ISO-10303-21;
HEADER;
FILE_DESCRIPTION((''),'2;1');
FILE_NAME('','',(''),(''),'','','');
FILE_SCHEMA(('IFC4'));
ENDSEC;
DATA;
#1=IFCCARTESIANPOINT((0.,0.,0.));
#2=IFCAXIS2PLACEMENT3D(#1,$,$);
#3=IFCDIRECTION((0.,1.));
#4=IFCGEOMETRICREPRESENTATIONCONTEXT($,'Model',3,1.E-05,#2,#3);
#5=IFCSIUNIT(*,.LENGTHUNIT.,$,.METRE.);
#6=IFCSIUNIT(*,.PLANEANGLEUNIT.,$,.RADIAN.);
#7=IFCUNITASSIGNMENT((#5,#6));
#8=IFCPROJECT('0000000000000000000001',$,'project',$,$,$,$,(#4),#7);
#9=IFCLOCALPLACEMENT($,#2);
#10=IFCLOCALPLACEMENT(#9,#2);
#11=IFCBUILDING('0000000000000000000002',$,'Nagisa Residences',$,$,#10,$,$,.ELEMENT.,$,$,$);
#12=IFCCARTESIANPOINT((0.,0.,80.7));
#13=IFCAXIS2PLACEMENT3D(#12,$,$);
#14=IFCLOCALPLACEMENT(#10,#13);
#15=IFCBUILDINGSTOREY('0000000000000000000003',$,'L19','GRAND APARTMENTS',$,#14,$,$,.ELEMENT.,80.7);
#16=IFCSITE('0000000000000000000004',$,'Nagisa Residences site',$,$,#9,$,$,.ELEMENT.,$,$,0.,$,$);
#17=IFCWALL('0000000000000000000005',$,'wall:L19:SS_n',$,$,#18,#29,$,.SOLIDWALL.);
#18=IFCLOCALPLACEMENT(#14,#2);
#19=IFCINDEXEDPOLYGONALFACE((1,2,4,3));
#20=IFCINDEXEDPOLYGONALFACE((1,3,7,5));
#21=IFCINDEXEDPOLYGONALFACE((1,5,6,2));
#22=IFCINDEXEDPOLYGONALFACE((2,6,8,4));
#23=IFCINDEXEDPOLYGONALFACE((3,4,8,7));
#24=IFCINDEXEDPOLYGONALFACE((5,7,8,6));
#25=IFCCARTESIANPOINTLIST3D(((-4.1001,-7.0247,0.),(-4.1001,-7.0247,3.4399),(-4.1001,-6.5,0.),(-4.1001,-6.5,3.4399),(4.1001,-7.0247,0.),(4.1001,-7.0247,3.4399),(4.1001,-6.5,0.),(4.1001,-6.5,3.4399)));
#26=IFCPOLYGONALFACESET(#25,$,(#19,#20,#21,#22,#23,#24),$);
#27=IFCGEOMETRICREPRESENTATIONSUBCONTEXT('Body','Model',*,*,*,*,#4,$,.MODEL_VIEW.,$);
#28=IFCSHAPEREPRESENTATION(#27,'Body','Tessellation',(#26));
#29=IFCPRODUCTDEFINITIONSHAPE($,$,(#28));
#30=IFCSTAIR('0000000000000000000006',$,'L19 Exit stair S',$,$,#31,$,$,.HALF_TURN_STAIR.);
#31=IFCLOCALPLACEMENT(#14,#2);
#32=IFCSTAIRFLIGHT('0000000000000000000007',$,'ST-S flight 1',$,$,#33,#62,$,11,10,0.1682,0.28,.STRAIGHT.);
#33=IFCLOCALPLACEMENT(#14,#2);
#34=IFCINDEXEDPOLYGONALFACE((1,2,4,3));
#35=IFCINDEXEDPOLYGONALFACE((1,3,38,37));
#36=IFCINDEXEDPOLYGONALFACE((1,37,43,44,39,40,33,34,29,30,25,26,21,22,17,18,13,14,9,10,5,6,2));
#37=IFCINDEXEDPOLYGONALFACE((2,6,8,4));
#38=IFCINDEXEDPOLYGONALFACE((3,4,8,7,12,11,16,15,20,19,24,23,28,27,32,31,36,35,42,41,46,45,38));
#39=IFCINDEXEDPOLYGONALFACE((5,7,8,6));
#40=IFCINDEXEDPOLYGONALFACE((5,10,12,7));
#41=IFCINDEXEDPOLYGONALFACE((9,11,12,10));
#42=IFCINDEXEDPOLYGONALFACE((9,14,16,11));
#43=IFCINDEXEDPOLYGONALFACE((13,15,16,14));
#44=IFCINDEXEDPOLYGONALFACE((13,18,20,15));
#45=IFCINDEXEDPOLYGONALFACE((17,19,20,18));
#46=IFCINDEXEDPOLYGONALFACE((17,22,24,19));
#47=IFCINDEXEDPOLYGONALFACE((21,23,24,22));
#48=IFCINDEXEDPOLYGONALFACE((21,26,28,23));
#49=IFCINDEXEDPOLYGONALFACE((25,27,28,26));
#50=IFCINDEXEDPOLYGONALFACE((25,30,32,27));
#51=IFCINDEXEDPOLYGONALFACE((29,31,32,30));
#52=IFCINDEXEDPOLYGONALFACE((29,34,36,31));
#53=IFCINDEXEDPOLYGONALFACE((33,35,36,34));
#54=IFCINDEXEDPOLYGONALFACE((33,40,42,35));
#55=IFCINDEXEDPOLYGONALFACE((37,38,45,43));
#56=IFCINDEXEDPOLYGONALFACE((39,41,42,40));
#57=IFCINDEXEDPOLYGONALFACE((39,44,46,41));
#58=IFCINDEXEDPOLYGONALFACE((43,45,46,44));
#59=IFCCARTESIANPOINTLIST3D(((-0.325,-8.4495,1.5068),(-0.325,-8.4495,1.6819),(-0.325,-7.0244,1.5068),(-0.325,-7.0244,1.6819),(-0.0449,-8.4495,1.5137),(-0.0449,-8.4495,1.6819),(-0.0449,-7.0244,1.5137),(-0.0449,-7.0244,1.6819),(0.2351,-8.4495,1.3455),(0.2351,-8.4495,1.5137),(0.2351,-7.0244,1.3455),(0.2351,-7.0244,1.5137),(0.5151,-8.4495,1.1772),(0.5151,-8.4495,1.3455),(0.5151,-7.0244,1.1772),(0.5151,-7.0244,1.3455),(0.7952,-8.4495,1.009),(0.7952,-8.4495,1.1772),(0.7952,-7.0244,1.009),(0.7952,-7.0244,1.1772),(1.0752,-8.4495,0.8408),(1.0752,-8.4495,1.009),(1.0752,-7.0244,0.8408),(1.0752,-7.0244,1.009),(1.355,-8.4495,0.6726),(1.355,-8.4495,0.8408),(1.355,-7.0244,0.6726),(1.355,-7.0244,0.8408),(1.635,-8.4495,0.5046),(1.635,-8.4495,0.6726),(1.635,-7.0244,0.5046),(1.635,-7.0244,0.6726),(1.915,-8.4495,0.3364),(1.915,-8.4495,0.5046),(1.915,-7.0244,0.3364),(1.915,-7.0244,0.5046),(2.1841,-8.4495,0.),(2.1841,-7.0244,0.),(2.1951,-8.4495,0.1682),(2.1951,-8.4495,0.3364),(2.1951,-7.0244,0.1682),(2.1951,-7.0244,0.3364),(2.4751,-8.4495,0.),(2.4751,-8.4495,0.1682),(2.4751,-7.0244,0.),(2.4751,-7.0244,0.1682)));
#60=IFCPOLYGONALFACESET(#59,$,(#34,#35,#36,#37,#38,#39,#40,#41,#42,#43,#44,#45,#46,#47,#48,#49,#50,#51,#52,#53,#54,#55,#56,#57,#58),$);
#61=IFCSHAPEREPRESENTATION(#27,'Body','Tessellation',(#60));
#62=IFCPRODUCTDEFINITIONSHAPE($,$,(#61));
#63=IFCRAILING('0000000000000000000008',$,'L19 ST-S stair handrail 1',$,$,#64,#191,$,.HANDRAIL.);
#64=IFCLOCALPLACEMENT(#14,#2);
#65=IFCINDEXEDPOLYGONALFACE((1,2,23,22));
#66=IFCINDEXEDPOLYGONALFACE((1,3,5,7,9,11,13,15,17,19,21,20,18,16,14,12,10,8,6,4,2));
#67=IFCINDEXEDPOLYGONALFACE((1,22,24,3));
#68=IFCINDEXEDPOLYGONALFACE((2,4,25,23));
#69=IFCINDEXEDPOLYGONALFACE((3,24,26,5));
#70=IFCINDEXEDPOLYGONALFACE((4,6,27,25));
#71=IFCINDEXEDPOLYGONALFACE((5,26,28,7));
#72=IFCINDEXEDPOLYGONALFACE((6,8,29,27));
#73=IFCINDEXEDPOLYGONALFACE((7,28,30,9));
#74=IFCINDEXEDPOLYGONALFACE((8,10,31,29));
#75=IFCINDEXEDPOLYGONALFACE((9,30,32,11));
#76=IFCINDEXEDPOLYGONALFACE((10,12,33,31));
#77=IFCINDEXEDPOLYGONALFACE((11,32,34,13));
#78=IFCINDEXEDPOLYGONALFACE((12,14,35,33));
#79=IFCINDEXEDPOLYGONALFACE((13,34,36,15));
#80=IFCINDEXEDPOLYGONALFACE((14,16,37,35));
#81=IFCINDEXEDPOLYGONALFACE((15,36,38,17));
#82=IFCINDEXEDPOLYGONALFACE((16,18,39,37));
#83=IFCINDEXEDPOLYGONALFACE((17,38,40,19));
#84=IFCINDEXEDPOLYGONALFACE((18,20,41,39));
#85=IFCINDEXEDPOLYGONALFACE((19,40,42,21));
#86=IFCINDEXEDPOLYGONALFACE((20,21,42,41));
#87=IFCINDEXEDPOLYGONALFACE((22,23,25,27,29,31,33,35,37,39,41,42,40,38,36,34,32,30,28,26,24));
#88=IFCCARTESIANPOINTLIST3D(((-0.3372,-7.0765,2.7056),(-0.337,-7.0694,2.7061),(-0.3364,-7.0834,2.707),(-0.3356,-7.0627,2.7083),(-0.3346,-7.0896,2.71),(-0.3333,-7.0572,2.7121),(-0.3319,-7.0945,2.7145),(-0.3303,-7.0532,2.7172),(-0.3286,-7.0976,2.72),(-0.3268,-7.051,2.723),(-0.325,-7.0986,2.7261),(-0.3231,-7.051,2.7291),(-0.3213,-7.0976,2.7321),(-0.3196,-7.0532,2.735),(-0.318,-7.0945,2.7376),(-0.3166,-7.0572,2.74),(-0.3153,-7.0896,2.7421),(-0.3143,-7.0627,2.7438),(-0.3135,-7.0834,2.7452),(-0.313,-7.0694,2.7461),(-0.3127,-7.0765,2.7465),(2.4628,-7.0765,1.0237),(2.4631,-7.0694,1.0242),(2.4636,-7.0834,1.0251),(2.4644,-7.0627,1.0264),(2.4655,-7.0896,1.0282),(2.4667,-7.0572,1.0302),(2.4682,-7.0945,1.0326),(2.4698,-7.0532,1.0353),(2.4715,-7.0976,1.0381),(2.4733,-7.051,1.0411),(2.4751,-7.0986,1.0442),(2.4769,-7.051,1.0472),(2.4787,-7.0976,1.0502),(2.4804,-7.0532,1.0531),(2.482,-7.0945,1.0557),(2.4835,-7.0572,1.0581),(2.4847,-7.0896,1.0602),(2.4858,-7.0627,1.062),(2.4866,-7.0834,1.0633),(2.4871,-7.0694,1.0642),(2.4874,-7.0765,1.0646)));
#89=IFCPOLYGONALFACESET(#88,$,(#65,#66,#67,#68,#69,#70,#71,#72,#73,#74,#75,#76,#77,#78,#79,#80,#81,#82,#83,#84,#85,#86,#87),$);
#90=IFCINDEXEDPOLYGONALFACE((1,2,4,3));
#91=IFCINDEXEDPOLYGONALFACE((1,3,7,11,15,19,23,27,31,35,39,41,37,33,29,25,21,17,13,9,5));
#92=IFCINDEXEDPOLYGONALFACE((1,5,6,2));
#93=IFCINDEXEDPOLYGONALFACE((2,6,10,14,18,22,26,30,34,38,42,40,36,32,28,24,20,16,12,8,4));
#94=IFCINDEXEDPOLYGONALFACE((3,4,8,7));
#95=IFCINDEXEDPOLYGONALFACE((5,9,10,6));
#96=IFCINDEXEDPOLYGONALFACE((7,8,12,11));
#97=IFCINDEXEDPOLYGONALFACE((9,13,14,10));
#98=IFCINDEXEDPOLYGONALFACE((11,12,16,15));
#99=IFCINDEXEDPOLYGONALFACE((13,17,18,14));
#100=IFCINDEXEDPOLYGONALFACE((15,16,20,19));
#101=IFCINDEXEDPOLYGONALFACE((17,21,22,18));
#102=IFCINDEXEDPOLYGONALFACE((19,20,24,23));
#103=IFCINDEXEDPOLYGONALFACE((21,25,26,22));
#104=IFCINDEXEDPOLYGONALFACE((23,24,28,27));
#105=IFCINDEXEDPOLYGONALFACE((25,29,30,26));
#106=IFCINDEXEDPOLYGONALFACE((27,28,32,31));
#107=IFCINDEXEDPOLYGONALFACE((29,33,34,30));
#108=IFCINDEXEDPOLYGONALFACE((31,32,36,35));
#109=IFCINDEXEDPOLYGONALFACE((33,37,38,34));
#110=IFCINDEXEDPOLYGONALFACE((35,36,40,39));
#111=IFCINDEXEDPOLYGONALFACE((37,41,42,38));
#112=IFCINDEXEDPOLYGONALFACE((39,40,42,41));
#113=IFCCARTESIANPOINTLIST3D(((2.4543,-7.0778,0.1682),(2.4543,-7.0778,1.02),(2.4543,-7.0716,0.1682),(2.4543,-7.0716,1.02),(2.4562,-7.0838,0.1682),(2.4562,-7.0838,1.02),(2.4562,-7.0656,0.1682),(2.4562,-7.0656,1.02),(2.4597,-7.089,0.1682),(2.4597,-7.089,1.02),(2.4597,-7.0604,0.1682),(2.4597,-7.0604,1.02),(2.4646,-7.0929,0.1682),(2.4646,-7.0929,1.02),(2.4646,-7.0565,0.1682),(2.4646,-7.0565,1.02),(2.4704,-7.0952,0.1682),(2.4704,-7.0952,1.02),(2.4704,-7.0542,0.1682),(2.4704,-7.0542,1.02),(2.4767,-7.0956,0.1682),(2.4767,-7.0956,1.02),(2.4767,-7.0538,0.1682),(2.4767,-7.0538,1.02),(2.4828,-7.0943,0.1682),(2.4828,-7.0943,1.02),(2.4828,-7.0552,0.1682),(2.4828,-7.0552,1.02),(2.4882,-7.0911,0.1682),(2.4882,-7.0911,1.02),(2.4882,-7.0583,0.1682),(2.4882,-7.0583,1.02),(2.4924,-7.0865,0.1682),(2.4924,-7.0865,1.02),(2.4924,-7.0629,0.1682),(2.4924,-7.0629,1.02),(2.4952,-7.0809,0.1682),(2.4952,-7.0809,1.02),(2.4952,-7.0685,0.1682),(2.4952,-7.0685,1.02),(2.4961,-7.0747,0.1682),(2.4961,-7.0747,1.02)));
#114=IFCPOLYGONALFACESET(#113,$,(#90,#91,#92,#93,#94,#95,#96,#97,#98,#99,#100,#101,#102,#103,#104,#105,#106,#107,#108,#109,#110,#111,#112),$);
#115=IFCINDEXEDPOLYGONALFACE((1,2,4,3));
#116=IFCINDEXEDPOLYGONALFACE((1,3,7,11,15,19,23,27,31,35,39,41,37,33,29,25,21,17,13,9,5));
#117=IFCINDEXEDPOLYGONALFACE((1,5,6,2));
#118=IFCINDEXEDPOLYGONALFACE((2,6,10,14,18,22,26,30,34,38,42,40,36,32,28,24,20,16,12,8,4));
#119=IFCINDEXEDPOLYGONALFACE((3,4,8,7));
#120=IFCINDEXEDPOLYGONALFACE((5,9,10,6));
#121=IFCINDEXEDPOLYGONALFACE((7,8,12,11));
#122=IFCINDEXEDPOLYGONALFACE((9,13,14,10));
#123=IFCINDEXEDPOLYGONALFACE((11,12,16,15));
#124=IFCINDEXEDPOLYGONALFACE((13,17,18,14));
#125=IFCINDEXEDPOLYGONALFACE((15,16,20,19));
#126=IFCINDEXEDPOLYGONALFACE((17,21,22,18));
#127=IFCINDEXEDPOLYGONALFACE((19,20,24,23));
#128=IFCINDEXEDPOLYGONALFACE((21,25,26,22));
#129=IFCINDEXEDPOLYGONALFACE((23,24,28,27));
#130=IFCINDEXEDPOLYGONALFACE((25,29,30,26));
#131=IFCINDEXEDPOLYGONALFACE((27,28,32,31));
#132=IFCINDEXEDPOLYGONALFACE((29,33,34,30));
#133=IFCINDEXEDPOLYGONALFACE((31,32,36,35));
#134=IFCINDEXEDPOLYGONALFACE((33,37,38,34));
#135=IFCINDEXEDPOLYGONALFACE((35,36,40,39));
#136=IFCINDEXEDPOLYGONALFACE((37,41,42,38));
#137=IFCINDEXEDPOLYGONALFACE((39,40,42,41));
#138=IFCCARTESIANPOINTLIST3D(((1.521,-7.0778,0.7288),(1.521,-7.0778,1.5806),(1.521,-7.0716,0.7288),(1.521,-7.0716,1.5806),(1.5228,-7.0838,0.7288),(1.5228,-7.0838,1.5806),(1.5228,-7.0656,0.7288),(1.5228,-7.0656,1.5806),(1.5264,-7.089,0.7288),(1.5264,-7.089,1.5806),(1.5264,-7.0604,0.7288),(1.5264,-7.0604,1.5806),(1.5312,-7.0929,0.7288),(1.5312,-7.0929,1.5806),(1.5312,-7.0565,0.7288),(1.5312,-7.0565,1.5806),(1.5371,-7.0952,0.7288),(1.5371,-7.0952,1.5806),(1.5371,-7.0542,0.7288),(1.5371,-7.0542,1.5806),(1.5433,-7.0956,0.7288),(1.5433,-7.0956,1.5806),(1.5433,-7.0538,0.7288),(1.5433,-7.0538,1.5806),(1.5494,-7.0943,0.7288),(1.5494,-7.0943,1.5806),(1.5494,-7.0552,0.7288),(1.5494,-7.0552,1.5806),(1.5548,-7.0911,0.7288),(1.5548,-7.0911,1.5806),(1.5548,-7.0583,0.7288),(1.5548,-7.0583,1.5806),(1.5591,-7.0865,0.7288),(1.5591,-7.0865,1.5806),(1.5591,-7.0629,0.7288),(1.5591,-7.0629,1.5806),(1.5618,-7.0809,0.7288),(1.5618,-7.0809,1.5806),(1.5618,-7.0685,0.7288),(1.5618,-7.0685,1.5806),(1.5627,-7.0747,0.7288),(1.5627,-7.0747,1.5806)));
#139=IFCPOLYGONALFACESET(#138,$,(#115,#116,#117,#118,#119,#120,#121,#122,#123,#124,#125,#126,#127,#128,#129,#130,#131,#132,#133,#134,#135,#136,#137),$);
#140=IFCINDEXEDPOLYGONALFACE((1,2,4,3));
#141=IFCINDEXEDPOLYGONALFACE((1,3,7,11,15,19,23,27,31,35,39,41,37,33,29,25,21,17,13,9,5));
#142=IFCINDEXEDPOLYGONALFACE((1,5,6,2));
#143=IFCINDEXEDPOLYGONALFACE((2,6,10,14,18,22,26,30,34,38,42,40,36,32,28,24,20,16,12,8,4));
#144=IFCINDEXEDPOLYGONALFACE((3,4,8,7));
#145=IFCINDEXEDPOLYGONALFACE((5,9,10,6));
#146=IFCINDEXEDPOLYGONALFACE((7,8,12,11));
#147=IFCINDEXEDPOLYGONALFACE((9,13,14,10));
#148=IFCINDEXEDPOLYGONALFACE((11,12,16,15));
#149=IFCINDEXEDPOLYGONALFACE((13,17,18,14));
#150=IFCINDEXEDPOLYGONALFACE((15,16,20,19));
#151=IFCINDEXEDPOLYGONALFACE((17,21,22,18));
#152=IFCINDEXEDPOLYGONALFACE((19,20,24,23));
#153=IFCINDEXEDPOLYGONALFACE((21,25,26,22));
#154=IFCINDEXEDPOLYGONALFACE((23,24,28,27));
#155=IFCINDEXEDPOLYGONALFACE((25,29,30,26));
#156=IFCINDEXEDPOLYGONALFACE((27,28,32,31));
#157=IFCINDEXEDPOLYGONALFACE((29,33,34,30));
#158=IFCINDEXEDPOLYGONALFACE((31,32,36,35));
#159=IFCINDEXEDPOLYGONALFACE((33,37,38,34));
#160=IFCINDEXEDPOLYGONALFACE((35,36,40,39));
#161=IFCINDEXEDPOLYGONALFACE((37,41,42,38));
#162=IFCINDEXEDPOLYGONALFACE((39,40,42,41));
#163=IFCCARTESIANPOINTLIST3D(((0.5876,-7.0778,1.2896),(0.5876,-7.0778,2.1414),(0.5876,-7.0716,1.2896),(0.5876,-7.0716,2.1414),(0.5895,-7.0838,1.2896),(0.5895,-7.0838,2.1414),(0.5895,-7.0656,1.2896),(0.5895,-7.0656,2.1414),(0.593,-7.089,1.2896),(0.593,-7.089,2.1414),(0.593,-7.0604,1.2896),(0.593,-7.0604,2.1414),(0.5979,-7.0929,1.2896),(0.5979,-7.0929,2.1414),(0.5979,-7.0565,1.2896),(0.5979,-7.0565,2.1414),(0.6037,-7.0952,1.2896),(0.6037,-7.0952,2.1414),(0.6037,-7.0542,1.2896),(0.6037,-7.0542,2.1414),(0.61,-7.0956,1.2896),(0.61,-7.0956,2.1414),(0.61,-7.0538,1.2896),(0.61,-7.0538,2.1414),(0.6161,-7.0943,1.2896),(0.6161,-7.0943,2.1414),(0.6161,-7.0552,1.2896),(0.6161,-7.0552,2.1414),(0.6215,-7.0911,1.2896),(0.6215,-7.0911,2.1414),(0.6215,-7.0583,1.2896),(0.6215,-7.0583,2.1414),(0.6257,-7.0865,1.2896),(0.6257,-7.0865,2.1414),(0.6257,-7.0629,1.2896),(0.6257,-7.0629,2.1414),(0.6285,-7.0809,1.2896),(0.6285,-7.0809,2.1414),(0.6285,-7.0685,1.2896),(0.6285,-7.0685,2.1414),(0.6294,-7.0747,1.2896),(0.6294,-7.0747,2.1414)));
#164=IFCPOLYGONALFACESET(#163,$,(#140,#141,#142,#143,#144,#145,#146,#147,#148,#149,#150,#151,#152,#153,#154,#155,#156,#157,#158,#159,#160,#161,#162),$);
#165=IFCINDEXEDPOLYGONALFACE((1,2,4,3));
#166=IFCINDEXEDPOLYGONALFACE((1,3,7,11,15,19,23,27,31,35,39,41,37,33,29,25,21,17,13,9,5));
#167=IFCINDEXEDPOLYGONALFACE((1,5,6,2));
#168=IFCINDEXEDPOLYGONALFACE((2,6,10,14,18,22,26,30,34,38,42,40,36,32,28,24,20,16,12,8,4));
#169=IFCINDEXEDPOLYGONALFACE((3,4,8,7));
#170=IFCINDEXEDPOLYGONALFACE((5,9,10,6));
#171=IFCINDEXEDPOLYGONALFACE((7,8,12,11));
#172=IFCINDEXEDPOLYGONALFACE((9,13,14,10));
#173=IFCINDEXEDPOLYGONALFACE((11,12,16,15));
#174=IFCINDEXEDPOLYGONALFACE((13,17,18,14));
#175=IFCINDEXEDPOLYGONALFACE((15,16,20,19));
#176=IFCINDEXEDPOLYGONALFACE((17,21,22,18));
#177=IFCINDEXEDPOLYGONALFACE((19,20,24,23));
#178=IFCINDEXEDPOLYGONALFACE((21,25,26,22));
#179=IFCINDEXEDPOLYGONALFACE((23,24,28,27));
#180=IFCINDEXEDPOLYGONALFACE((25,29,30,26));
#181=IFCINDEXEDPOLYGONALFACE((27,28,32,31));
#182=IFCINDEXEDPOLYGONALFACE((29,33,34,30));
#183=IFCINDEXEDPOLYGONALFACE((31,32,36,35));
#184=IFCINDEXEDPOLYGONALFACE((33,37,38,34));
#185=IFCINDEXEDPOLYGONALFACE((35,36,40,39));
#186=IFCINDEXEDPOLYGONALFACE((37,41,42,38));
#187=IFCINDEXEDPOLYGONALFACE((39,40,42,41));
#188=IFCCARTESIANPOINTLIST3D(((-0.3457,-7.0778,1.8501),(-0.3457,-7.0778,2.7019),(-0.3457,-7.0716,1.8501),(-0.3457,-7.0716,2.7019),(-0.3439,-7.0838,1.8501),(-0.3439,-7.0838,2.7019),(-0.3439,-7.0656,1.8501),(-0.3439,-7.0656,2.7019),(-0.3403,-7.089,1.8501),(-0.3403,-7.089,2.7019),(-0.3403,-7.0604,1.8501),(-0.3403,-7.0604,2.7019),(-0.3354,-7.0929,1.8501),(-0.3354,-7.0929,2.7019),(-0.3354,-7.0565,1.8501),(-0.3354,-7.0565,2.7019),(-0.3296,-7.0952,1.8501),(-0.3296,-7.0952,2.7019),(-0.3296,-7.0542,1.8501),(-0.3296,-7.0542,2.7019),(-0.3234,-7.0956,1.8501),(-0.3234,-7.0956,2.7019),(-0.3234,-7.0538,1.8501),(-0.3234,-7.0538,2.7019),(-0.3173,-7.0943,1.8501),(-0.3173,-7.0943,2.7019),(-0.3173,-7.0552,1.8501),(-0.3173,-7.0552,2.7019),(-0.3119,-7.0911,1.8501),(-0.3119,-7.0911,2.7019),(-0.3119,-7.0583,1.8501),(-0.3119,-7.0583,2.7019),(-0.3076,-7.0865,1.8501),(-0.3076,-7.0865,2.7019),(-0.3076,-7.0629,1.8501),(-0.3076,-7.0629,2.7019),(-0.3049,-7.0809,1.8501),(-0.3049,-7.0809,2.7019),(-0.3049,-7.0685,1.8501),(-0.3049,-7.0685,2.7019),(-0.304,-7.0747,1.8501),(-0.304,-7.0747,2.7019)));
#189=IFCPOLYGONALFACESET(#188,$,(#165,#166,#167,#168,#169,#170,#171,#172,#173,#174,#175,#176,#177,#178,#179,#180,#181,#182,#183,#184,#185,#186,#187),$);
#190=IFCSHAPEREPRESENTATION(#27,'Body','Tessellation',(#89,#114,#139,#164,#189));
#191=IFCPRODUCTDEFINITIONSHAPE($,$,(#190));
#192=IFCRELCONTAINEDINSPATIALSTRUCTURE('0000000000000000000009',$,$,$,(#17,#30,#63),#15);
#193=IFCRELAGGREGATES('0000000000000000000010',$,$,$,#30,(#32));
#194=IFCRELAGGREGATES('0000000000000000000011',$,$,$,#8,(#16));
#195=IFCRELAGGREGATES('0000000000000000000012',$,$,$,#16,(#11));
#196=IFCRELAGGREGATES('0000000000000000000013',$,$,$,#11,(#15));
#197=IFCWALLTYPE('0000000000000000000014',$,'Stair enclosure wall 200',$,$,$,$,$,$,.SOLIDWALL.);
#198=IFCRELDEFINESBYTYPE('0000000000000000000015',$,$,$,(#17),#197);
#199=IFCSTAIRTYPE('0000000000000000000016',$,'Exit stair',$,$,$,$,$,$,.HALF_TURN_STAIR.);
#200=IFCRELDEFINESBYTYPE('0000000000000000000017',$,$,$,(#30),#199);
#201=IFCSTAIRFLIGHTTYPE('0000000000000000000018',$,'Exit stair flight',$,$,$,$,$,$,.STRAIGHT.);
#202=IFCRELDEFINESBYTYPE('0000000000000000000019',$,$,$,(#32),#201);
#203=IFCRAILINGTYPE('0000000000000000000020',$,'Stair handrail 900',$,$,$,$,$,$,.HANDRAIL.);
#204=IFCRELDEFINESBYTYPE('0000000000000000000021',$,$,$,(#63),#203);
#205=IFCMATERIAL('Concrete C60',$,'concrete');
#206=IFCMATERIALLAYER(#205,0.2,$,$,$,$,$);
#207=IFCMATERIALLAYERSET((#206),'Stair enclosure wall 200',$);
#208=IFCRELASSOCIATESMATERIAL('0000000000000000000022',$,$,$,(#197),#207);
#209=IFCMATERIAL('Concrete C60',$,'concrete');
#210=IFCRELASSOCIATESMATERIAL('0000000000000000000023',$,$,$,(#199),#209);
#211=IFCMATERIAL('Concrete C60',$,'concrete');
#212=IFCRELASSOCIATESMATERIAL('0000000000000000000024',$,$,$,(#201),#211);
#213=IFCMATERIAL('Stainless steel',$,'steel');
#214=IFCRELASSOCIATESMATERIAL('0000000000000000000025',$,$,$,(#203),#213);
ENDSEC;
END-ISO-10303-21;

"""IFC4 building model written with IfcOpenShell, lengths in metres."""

from ifc_helpers import new_model, si_unit, direction, frame, origin, origin_2d, place, context, subcontext, project, spatial, polyline, circle, outline, extrude, material, layer, layer_set, type_object, element, aggregate, save


model = new_model("IFC4")

# Units and contexts
model_context = context("Model", 3, precision=1e-05, world=origin(), true_north=direction((0.0, 1.0)))
body_context = subcontext(model_context, "Body", "Model", "MODEL_VIEW")
ifc_project = project(units=[si_unit("LENGTHUNIT", "METRE"), si_unit("PLANEANGLEUNIT", "RADIAN")], contexts=[model_context])

# Site, building, storey
site_placement = place(None, origin())
site = spatial("IfcSite", under=ifc_project, at=site_placement, Name="Nagisa Residences site", CompositionType="ELEMENT", RefElevation=0.0)
building_placement = place(site_placement, origin())
building = spatial("IfcBuilding", under=site, at=building_placement, Name="Nagisa Residences", CompositionType="ELEMENT")
storey_placement = place(building_placement, frame((0.0, 0.0, 80.7)))
storey = spatial("IfcBuildingStorey", under=building, at=storey_placement, Name="L19", Description="GRAND APARTMENTS", CompositionType="ELEMENT", Elevation=80.7)

# Shared definitions
ifc_material_1 = material(Name="Concrete C60", Category="concrete")
ifc_layer_1 = layer(ifc_material_1, 0.2)
ifc_layer_set_1 = layer_set([ifc_layer_1], Name="Stair enclosure wall 200")
wall_type_1 = type_object("IfcWallType", Name="Stair enclosure wall 200", PredefinedType="SOLIDWALL", material=ifc_layer_set_1)

# Wall
wall_1_placement = place(storey_placement, origin())
element("IfcWall", 1, at=wall_1_placement, inside=storey, type_object=wall_type_1, Name="wall:L19:SS_n", PredefinedType="SOLIDWALL", context=body_context, shape_type="SweptSolid", body=[
    extrude(outline(polyline([(4.1001, -7.0247), (-4.1001, -7.0247), (-4.1001, -6.5), (4.1001, -6.5), (4.1001, -7.0247)])), origin(), (0.0, 0.0, 1.0), 3.4399),
])

# Stair, stair flight
ifc_material_2 = material(Name="Concrete C60", Category="concrete")
stair_type = type_object("IfcStairType", Name="Exit stair", PredefinedType="HALF_TURN_STAIR", material=ifc_material_2)
stair_placement = place(storey_placement, origin())
stair = element("IfcStair", 2, at=stair_placement, inside=storey, type_object=stair_type, Name="L19 Exit stair S", PredefinedType="HALF_TURN_STAIR")
ifc_material_3 = material(Name="Concrete C60", Category="concrete")
stair_flight_type = type_object("IfcStairFlightType", Name="Exit stair flight", PredefinedType="STRAIGHT", material=ifc_material_3)
stair_flight_placement = place(storey_placement, frame((2.4751, -7.7371, 0.0), z_axis=(0.0, 0.0, 1.0), x_axis=(-1.0, 0.0, 0.0)))
stair_flight = element("IfcStairFlight", 3, at=stair_flight_placement, type_object=stair_flight_type, Name="ST-S flight 1", NumberOfRisers=11, NumberOfTreads=10, PredefinedType="STRAIGHT", RiserHeight=0.1682, TreadLength=0.28, context=body_context, shape_type="SweptSolid", body=[
    extrude(outline(polyline([(0.0, 0.0), (0.0, 0.1682), (0.28, 0.1682), (0.28, 0.3364), (0.5601, 0.3364), (0.5601, 0.5046), (0.8401, 0.5046), (0.8401, 0.6726), (1.1201, 0.6726), (1.1201, 0.8408), (1.3999, 0.8408), (1.3999, 1.009), (1.6799, 1.009), (1.6799, 1.1772), (1.96, 1.1772), (1.96, 1.3455), (2.24, 1.3455), (2.24, 1.5137), (2.52, 1.5137), (2.52, 1.6819), (2.8, 1.6819), (2.8, 1.8501), (2.8, 1.5068), (0.291, 0.0), (0.0, 0.0)])), frame((0.0, 0.7124, 0.0), z_axis=(0.0, -1.0, 0.0), x_axis=(1.0, 0.0, 0.0)), (0.0, 0.0, 1.0), 1.425),
])
aggregate(stair, [stair_flight])

# Railing
ifc_material_4 = material(Name="Stainless steel", Category="steel")
railing_type_1 = type_object("IfcRailingType", Name="Stair handrail 900", PredefinedType="HANDRAIL", material=ifc_material_4)
railing_1_placement = place(storey_placement, frame((2.4751, -7.0747, 0.1682)))
element("IfcRailing", 4, at=railing_1_placement, inside=storey, type_object=railing_type_1, Name="L19 ST-S stair handrail 1", PredefinedType="HANDRAIL", context=body_context, shape_type="SweptSolid", body=[
    extrude(circle(Radius=0.0239, at=origin_2d()), frame((0.0, 0.0, 0.876), z_axis=(-0.857242, 0.0, 0.514913), x_axis=(0.0, -1.0, 0.0)), (0.0, 0.0, 1.0), 3.2664),
    extrude(circle(Radius=0.021, at=origin_2d()), origin(), (0.0, 0.0, 1.0), 0.8518),
    extrude(circle(Radius=0.021, at=origin_2d()), frame((-0.9333, 0.0, 0.5605)), (0.0, 0.0, 1.0), 0.8518),
    extrude(circle(Radius=0.021, at=origin_2d()), frame((-1.8667, 0.0, 1.1213)), (0.0, 0.0, 1.0), 0.8518),
    extrude(circle(Radius=0.021, at=origin_2d()), frame((-2.8, 0.0, 1.6819)), (0.0, 0.0, 1.0), 0.8518),
])

save(model, "model.ifc")
